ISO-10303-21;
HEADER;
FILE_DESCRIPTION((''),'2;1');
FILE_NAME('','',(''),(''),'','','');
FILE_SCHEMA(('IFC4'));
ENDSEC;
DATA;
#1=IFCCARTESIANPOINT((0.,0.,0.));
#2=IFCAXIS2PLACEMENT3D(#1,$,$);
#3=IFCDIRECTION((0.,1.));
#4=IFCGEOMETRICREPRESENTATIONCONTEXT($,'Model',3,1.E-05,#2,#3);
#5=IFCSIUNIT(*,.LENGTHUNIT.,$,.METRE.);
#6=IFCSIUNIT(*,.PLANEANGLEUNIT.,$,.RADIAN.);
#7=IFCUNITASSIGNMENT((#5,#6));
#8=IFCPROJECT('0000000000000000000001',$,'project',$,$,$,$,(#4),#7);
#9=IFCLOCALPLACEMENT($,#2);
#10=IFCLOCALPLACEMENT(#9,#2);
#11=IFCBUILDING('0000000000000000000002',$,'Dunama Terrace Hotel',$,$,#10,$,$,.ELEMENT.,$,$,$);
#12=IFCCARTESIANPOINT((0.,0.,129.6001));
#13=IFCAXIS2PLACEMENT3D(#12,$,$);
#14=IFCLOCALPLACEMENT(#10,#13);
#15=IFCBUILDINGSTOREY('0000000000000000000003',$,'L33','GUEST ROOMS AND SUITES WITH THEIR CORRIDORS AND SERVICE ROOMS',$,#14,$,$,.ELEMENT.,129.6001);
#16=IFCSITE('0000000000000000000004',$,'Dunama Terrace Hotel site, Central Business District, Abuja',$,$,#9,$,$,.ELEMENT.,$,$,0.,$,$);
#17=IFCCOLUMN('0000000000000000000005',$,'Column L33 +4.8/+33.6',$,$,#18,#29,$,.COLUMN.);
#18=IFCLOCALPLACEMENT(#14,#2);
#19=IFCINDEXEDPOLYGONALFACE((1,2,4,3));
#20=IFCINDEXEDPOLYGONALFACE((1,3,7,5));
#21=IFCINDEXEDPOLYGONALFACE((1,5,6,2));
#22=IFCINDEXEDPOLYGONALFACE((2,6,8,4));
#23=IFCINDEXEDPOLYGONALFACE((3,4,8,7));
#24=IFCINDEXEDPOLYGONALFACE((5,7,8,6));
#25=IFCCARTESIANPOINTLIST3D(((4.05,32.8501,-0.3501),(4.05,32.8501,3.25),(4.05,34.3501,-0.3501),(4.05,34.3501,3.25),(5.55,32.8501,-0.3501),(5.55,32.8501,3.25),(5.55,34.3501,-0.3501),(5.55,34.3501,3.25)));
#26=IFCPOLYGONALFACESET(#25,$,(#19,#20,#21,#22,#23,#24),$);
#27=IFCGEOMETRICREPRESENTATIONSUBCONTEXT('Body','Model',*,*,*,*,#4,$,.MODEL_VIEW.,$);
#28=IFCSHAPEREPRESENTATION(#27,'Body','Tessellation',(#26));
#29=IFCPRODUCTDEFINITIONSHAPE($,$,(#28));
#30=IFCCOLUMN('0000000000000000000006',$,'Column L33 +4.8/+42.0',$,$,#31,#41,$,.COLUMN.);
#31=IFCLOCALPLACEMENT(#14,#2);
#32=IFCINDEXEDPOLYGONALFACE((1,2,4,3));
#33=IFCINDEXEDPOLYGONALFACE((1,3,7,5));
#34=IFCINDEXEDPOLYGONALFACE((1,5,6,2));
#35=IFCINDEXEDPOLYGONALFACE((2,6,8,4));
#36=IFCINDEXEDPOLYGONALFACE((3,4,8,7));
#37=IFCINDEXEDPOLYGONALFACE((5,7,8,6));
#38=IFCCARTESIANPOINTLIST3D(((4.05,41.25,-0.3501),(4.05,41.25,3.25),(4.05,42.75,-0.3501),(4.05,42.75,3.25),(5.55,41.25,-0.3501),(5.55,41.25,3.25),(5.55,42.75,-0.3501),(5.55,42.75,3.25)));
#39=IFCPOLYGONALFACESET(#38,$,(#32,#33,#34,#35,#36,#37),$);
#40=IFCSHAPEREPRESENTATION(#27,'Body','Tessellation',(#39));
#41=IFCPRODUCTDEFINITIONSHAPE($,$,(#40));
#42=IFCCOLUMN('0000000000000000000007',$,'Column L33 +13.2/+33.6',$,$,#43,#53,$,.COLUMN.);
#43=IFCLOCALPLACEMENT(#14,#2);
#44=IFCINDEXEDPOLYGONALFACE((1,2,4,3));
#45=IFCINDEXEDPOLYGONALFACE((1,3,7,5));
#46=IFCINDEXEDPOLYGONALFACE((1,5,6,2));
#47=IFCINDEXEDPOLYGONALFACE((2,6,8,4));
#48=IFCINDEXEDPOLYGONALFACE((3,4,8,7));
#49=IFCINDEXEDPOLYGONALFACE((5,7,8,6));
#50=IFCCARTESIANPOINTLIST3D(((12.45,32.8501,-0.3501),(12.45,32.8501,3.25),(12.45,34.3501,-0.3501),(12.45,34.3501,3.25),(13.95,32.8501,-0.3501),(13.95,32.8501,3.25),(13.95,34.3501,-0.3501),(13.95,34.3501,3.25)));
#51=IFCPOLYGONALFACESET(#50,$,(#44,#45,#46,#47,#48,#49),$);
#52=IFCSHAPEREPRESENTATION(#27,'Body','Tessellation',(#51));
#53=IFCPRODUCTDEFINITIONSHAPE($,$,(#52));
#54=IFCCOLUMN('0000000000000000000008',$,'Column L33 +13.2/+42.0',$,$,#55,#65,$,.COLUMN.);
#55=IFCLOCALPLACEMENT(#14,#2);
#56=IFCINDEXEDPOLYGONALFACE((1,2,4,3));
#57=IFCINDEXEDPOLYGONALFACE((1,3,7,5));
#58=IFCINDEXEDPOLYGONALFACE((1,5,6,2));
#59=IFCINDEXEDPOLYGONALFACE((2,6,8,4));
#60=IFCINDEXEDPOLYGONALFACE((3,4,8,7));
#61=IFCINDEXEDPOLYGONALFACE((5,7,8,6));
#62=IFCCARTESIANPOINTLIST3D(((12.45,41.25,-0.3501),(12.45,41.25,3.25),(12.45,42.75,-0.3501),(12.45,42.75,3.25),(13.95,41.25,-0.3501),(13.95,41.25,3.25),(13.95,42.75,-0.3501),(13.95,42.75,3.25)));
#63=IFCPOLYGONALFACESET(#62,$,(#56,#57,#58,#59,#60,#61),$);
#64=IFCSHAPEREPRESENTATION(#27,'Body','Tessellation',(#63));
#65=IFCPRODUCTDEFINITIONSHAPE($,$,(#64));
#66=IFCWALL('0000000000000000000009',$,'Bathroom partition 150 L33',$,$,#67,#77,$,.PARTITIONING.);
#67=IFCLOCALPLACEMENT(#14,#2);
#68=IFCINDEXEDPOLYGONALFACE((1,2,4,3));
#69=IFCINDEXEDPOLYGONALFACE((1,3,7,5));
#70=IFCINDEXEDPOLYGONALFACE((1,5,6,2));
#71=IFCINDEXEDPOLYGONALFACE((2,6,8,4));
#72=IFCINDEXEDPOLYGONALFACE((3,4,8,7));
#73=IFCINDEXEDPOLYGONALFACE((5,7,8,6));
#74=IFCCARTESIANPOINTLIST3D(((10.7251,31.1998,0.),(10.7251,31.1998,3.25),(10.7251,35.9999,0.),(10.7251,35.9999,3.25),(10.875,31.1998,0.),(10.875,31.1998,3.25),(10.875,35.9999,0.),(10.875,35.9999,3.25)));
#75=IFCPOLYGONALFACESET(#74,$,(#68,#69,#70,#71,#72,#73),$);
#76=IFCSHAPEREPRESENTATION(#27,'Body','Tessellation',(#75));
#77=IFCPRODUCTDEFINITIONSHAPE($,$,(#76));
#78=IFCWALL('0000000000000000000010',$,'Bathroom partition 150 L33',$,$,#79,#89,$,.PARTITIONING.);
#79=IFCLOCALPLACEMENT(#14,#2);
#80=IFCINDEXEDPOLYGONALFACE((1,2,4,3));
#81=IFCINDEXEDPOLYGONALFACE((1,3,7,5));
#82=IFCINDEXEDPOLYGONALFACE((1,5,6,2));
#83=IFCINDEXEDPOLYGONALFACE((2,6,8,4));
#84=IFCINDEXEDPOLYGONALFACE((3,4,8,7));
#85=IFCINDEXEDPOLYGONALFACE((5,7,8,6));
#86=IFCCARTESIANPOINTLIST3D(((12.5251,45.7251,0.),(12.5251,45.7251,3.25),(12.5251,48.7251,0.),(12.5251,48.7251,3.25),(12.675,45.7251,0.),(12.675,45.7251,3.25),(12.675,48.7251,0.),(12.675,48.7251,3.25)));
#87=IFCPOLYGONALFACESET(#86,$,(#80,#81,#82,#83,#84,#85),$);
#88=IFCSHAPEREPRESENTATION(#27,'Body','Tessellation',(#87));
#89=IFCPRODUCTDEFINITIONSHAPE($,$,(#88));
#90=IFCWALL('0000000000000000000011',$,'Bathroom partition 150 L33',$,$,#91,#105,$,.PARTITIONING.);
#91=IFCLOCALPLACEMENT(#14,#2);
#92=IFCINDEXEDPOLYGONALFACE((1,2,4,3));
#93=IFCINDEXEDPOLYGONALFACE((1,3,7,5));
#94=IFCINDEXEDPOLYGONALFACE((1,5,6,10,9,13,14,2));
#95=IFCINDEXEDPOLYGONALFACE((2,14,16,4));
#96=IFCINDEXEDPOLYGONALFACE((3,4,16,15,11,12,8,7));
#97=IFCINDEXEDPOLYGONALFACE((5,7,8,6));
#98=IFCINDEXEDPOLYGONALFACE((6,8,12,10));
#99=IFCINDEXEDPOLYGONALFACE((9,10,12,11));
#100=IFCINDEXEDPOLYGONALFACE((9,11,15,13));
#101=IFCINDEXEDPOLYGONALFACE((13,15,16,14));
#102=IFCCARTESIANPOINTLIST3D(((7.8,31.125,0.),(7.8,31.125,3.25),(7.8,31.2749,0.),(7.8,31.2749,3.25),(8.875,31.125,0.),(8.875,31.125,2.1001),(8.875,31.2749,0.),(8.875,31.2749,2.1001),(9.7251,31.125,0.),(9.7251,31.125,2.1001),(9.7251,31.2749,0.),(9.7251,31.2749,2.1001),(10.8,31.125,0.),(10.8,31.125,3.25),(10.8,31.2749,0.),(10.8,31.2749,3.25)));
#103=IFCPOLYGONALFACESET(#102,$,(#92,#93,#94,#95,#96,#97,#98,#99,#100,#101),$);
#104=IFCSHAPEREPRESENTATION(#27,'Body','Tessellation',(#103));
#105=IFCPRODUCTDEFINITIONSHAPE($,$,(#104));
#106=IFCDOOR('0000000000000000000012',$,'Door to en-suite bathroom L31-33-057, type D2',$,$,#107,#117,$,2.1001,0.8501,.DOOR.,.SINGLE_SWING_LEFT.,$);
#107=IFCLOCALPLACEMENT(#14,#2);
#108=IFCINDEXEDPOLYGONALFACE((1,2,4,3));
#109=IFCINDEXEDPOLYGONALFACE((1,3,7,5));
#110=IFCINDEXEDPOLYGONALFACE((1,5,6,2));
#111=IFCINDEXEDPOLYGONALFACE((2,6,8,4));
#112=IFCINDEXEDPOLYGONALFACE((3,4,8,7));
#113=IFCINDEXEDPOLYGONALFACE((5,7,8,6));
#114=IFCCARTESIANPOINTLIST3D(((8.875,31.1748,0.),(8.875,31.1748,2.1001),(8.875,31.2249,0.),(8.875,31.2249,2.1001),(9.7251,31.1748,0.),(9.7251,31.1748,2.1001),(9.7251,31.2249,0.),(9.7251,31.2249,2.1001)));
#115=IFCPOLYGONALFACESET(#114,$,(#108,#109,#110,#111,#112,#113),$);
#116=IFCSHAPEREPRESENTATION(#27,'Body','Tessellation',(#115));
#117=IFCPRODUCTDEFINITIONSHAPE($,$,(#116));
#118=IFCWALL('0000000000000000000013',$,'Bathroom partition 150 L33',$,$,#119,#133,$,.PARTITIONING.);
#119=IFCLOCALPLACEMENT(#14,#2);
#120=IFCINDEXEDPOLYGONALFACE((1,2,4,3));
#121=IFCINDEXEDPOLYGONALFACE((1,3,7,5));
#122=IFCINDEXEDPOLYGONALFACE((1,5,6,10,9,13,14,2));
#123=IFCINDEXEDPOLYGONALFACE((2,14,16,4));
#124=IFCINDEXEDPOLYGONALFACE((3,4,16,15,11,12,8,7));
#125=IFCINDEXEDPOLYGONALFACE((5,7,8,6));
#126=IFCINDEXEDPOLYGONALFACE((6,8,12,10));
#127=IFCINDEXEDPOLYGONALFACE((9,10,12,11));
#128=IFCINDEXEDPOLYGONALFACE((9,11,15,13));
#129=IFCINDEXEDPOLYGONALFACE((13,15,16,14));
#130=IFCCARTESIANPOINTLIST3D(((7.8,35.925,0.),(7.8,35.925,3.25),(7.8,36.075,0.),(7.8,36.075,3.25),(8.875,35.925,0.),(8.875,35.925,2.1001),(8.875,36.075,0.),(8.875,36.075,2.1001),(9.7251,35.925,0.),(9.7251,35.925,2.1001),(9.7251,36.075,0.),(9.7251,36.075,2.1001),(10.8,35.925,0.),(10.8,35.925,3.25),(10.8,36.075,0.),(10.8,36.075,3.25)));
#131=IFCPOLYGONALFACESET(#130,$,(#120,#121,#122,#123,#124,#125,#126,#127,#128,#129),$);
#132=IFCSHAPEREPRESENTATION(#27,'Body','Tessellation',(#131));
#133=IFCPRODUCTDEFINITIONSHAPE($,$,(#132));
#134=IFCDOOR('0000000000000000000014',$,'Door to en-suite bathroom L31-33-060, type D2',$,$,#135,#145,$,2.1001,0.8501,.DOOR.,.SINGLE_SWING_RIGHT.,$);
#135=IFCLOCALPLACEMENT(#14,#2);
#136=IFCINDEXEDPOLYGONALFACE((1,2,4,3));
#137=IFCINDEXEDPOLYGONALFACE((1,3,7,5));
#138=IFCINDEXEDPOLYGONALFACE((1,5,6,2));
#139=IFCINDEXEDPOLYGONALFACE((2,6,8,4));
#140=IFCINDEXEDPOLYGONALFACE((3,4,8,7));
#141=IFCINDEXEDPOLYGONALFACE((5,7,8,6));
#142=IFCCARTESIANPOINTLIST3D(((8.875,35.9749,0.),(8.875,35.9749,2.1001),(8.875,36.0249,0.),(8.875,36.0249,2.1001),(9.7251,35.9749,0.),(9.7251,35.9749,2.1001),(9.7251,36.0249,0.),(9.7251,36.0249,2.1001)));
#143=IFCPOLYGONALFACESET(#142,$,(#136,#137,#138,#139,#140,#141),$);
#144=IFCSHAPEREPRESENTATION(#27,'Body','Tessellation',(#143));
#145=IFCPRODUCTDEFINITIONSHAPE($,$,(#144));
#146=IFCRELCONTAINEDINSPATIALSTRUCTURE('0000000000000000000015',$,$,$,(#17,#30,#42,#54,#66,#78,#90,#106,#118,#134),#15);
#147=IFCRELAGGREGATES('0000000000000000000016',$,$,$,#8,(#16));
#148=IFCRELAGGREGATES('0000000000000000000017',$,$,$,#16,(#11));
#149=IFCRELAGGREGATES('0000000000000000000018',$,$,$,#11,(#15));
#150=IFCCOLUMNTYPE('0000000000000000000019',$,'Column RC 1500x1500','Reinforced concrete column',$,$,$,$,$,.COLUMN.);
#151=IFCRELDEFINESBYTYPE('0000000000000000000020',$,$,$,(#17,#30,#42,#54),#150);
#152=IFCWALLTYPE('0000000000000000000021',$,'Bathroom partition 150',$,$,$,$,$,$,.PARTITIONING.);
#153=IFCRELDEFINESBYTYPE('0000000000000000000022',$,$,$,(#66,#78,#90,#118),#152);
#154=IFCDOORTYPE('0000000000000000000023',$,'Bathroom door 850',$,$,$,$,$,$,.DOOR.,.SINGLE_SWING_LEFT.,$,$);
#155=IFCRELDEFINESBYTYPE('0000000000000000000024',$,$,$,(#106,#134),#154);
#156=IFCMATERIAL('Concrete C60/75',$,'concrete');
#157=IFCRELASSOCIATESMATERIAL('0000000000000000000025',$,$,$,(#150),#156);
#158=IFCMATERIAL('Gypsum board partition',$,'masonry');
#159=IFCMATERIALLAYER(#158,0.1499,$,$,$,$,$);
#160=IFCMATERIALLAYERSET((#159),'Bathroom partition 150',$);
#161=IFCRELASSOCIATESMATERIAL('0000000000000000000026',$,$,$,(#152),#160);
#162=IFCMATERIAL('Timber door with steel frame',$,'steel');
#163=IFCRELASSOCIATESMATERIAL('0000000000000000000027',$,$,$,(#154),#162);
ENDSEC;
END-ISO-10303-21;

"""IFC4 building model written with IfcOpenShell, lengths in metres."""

from ifc_helpers import new_model, si_unit, direction, frame, frame_2d, origin, origin_2d, place, context, subcontext, project, spatial, rectangle, extrude, material, layer, layer_set, material_profile, profile_set, type_object, element, fill, save


model = new_model("IFC4")

# Units and contexts
model_context = context("Model", 3, precision=1e-05, world=origin(), true_north=direction((0.0, 1.0)))
body_context = subcontext(model_context, "Body", "Model", "MODEL_VIEW")
ifc_project = project(units=[si_unit("LENGTHUNIT", "METRE"), si_unit("PLANEANGLEUNIT", "RADIAN")], contexts=[model_context])

# Site, building, storey
site_placement = place(None, origin())
site = spatial("IfcSite", under=ifc_project, at=site_placement, Name="Dunama Terrace Hotel site, Central Business District, Abuja", CompositionType="ELEMENT", RefElevation=0.0)
building_placement = place(site_placement, origin())
building = spatial("IfcBuilding", under=site, at=building_placement, Name="Dunama Terrace Hotel", CompositionType="ELEMENT")
storey_placement = place(building_placement, frame((0.0, 0.0, 129.6001)))
storey = spatial("IfcBuildingStorey", under=building, at=storey_placement, Name="L33", Description="GUEST ROOMS AND SUITES WITH THEIR CORRIDORS AND SERVICE ROOMS", CompositionType="ELEMENT", Elevation=129.6001)

# Columns
ifc_material_1 = material(Name="Concrete C60/75", Category="concrete")
ifc_material_profile = material_profile(ifc_material_1, rectangle(XDim=1.5, YDim=1.5, at=origin_2d()), Name="RC 1500x1500")
ifc_profile_set = profile_set([ifc_material_profile], Name="Concrete C60/75")
column_type = type_object("IfcColumnType", Name="Column RC 1500x1500", Description="Reinforced concrete column", PredefinedType="COLUMN", material=ifc_profile_set)
for number, where, z_axis, x_axis, name in (
    (1, (4.8, 33.6001, -0.3501), (0.0, 0.0, 1.0), (1.0, 0.0, 0.0), "Column L33 +4.8/+33.6"),
    (2, (4.8, 42.0, -0.3501), (0.0, 0.0, 1.0), (1.0, 0.0, 0.0), "Column L33 +4.8/+42.0"),
    (3, (13.2, 33.6001, -0.3501), (0.0, 0.0, 1.0), (1.0, 0.0, 0.0), "Column L33 +13.2/+33.6"),
    (4, (13.2, 42.0, -0.3501), (0.0, 0.0, 1.0), (1.0, 0.0, 0.0), "Column L33 +13.2/+42.0"),
):
    element("IfcColumn", number, at=place(storey_placement, frame(where, z_axis=z_axis, x_axis=x_axis)), inside=storey, type_object=column_type, Name=name, PredefinedType="COLUMN", context=body_context, shape_type="SweptSolid", body=[
        extrude(rectangle(XDim=1.5, YDim=1.5, at=origin_2d()), origin(), (0.0, 0.0, 1.0), 3.6001),
    ])

# Walls
ifc_material_2 = material(Name="Gypsum board partition", Category="masonry")
ifc_layer_1 = layer(ifc_material_2, 0.1499)
ifc_layer_set_1 = layer_set([ifc_layer_1], Name="Bathroom partition 150")
wall_type_1 = type_object("IfcWallType", Name="Bathroom partition 150", PredefinedType="PARTITIONING", material=ifc_layer_set_1)
wall_1_placement = place(storey_placement, frame((10.8, 31.2, 0.0), z_axis=(0.0, 0.0, 1.0), x_axis=(0.0, 1.0, 0.0)))
element("IfcWall", 5, at=wall_1_placement, inside=storey, type_object=wall_type_1, Name="Bathroom partition 150 L33", PredefinedType="PARTITIONING", context=body_context, shape_type="SweptSolid", body=[
    extrude(rectangle(XDim=4.8, YDim=0.1499, at=frame_2d((2.3999, 0.0))), origin(), (0.0, 0.0, 1.0), 3.25),
])
wall_2_placement = place(storey_placement, frame((12.6001, 45.7251, 0.0), z_axis=(0.0, 0.0, 1.0), x_axis=(0.0, 1.0, 0.0)))
element("IfcWall", 6, at=wall_2_placement, inside=storey, type_object=wall_type_1, Name="Bathroom partition 150 L33", PredefinedType="PARTITIONING", context=body_context, shape_type="SweptSolid", body=[
    extrude(rectangle(XDim=3.0, YDim=0.1499, at=frame_2d((1.5, 0.0))), origin(), (0.0, 0.0, 1.0), 3.25),
])

# Walls, openings, doors
wall_3_placement = place(storey_placement, frame((7.8, 31.2, 0.0), z_axis=(0.0, 0.0, 1.0), x_axis=(1.0, 0.0, 0.0)))
wall_3 = element("IfcWall", 7, at=wall_3_placement, inside=storey, type_object=wall_type_1, Name="Bathroom partition 150 L33", PredefinedType="PARTITIONING", context=body_context, shape_type="SweptSolid", body=[
    extrude(rectangle(XDim=3.0, YDim=0.1499, at=frame_2d((1.5, 0.0))), origin(), (0.0, 0.0, 1.0), 3.25),
])
opening_1_placement = place(wall_3_placement, frame((1.075, 0.0, 0.0)))
opening_1 = element("IfcOpeningElement", 8, at=opening_1_placement, cuts=wall_3, PredefinedType="OPENING", context=body_context, shape_type="SweptSolid", body=[
    extrude(rectangle(XDim=0.8501, YDim=2.1001, at=frame_2d((0.425, 1.05))), frame((0.0, 0.085, 0.0), z_axis=(0.0, -1.0, 0.0), x_axis=(1.0, 0.0, 0.0)), (0.0, 0.0, 1.0), 0.1699),
])
ifc_material_3 = material(Name="Timber door with steel frame", Category="steel")
door_type_1 = type_object("IfcDoorType", Name="Bathroom door 850", OperationType="SINGLE_SWING_LEFT", PredefinedType="DOOR", material=ifc_material_3)
door_1_placement = place(opening_1_placement, origin())
door_1 = element("IfcDoor", 9, at=door_1_placement, inside=storey, type_object=door_type_1, Name="Door to en-suite bathroom L31-33-057, type D2", OperationType="SINGLE_SWING_LEFT", OverallHeight=2.1001, OverallWidth=0.8501, PredefinedType="DOOR", context=body_context, shape_type="SweptSolid", body=[
    extrude(rectangle(XDim=0.8501, YDim=2.1001, at=frame_2d((0.425, 1.05))), frame((0.0, 0.0249, 0.0), z_axis=(0.0, -1.0, 0.0), x_axis=(1.0, 0.0, 0.0)), (0.0, 0.0, 1.0), 0.05),
])
fill(opening_1, door_1)
wall_4_placement = place(storey_placement, frame((7.8, 36.0, 0.0), z_axis=(0.0, 0.0, 1.0), x_axis=(1.0, 0.0, 0.0)))
wall_4 = element("IfcWall", 10, at=wall_4_placement, inside=storey, type_object=wall_type_1, Name="Bathroom partition 150 L33", PredefinedType="PARTITIONING", context=body_context, shape_type="SweptSolid", body=[
    extrude(rectangle(XDim=3.0, YDim=0.1499, at=frame_2d((1.5, 0.0))), origin(), (0.0, 0.0, 1.0), 3.25),
])
opening_2_placement = place(wall_4_placement, frame((1.075, 0.0, 0.0)))
opening_2 = element("IfcOpeningElement", 11, at=opening_2_placement, cuts=wall_4, PredefinedType="OPENING", context=body_context, shape_type="SweptSolid", body=[
    extrude(rectangle(XDim=0.8501, YDim=2.1001, at=frame_2d((0.425, 1.05))), frame((0.0, 0.085, 0.0), z_axis=(0.0, -1.0, 0.0), x_axis=(1.0, 0.0, 0.0)), (0.0, 0.0, 1.0), 0.1699),
])
door_2_placement = place(opening_2_placement, frame((0.8501, 0.0, 0.0), z_axis=(0.0, 0.0, 1.0), x_axis=(-1.0, 0.0, 0.0)))
door_2 = element("IfcDoor", 12, at=door_2_placement, inside=storey, type_object=door_type_1, Name="Door to en-suite bathroom L31-33-060, type D2", OperationType="SINGLE_SWING_RIGHT", OverallHeight=2.1001, OverallWidth=0.8501, PredefinedType="DOOR", context=body_context, shape_type="SweptSolid", body=[
    extrude(rectangle(XDim=0.8501, YDim=2.1001, at=frame_2d((0.425, 1.05))), frame((0.0, 0.0251, 0.0), z_axis=(0.0, -1.0, 0.0), x_axis=(1.0, 0.0, 0.0)), (0.0, 0.0, 1.0), 0.05),
])
fill(opening_2, door_2)

save(model, "model.ifc")
